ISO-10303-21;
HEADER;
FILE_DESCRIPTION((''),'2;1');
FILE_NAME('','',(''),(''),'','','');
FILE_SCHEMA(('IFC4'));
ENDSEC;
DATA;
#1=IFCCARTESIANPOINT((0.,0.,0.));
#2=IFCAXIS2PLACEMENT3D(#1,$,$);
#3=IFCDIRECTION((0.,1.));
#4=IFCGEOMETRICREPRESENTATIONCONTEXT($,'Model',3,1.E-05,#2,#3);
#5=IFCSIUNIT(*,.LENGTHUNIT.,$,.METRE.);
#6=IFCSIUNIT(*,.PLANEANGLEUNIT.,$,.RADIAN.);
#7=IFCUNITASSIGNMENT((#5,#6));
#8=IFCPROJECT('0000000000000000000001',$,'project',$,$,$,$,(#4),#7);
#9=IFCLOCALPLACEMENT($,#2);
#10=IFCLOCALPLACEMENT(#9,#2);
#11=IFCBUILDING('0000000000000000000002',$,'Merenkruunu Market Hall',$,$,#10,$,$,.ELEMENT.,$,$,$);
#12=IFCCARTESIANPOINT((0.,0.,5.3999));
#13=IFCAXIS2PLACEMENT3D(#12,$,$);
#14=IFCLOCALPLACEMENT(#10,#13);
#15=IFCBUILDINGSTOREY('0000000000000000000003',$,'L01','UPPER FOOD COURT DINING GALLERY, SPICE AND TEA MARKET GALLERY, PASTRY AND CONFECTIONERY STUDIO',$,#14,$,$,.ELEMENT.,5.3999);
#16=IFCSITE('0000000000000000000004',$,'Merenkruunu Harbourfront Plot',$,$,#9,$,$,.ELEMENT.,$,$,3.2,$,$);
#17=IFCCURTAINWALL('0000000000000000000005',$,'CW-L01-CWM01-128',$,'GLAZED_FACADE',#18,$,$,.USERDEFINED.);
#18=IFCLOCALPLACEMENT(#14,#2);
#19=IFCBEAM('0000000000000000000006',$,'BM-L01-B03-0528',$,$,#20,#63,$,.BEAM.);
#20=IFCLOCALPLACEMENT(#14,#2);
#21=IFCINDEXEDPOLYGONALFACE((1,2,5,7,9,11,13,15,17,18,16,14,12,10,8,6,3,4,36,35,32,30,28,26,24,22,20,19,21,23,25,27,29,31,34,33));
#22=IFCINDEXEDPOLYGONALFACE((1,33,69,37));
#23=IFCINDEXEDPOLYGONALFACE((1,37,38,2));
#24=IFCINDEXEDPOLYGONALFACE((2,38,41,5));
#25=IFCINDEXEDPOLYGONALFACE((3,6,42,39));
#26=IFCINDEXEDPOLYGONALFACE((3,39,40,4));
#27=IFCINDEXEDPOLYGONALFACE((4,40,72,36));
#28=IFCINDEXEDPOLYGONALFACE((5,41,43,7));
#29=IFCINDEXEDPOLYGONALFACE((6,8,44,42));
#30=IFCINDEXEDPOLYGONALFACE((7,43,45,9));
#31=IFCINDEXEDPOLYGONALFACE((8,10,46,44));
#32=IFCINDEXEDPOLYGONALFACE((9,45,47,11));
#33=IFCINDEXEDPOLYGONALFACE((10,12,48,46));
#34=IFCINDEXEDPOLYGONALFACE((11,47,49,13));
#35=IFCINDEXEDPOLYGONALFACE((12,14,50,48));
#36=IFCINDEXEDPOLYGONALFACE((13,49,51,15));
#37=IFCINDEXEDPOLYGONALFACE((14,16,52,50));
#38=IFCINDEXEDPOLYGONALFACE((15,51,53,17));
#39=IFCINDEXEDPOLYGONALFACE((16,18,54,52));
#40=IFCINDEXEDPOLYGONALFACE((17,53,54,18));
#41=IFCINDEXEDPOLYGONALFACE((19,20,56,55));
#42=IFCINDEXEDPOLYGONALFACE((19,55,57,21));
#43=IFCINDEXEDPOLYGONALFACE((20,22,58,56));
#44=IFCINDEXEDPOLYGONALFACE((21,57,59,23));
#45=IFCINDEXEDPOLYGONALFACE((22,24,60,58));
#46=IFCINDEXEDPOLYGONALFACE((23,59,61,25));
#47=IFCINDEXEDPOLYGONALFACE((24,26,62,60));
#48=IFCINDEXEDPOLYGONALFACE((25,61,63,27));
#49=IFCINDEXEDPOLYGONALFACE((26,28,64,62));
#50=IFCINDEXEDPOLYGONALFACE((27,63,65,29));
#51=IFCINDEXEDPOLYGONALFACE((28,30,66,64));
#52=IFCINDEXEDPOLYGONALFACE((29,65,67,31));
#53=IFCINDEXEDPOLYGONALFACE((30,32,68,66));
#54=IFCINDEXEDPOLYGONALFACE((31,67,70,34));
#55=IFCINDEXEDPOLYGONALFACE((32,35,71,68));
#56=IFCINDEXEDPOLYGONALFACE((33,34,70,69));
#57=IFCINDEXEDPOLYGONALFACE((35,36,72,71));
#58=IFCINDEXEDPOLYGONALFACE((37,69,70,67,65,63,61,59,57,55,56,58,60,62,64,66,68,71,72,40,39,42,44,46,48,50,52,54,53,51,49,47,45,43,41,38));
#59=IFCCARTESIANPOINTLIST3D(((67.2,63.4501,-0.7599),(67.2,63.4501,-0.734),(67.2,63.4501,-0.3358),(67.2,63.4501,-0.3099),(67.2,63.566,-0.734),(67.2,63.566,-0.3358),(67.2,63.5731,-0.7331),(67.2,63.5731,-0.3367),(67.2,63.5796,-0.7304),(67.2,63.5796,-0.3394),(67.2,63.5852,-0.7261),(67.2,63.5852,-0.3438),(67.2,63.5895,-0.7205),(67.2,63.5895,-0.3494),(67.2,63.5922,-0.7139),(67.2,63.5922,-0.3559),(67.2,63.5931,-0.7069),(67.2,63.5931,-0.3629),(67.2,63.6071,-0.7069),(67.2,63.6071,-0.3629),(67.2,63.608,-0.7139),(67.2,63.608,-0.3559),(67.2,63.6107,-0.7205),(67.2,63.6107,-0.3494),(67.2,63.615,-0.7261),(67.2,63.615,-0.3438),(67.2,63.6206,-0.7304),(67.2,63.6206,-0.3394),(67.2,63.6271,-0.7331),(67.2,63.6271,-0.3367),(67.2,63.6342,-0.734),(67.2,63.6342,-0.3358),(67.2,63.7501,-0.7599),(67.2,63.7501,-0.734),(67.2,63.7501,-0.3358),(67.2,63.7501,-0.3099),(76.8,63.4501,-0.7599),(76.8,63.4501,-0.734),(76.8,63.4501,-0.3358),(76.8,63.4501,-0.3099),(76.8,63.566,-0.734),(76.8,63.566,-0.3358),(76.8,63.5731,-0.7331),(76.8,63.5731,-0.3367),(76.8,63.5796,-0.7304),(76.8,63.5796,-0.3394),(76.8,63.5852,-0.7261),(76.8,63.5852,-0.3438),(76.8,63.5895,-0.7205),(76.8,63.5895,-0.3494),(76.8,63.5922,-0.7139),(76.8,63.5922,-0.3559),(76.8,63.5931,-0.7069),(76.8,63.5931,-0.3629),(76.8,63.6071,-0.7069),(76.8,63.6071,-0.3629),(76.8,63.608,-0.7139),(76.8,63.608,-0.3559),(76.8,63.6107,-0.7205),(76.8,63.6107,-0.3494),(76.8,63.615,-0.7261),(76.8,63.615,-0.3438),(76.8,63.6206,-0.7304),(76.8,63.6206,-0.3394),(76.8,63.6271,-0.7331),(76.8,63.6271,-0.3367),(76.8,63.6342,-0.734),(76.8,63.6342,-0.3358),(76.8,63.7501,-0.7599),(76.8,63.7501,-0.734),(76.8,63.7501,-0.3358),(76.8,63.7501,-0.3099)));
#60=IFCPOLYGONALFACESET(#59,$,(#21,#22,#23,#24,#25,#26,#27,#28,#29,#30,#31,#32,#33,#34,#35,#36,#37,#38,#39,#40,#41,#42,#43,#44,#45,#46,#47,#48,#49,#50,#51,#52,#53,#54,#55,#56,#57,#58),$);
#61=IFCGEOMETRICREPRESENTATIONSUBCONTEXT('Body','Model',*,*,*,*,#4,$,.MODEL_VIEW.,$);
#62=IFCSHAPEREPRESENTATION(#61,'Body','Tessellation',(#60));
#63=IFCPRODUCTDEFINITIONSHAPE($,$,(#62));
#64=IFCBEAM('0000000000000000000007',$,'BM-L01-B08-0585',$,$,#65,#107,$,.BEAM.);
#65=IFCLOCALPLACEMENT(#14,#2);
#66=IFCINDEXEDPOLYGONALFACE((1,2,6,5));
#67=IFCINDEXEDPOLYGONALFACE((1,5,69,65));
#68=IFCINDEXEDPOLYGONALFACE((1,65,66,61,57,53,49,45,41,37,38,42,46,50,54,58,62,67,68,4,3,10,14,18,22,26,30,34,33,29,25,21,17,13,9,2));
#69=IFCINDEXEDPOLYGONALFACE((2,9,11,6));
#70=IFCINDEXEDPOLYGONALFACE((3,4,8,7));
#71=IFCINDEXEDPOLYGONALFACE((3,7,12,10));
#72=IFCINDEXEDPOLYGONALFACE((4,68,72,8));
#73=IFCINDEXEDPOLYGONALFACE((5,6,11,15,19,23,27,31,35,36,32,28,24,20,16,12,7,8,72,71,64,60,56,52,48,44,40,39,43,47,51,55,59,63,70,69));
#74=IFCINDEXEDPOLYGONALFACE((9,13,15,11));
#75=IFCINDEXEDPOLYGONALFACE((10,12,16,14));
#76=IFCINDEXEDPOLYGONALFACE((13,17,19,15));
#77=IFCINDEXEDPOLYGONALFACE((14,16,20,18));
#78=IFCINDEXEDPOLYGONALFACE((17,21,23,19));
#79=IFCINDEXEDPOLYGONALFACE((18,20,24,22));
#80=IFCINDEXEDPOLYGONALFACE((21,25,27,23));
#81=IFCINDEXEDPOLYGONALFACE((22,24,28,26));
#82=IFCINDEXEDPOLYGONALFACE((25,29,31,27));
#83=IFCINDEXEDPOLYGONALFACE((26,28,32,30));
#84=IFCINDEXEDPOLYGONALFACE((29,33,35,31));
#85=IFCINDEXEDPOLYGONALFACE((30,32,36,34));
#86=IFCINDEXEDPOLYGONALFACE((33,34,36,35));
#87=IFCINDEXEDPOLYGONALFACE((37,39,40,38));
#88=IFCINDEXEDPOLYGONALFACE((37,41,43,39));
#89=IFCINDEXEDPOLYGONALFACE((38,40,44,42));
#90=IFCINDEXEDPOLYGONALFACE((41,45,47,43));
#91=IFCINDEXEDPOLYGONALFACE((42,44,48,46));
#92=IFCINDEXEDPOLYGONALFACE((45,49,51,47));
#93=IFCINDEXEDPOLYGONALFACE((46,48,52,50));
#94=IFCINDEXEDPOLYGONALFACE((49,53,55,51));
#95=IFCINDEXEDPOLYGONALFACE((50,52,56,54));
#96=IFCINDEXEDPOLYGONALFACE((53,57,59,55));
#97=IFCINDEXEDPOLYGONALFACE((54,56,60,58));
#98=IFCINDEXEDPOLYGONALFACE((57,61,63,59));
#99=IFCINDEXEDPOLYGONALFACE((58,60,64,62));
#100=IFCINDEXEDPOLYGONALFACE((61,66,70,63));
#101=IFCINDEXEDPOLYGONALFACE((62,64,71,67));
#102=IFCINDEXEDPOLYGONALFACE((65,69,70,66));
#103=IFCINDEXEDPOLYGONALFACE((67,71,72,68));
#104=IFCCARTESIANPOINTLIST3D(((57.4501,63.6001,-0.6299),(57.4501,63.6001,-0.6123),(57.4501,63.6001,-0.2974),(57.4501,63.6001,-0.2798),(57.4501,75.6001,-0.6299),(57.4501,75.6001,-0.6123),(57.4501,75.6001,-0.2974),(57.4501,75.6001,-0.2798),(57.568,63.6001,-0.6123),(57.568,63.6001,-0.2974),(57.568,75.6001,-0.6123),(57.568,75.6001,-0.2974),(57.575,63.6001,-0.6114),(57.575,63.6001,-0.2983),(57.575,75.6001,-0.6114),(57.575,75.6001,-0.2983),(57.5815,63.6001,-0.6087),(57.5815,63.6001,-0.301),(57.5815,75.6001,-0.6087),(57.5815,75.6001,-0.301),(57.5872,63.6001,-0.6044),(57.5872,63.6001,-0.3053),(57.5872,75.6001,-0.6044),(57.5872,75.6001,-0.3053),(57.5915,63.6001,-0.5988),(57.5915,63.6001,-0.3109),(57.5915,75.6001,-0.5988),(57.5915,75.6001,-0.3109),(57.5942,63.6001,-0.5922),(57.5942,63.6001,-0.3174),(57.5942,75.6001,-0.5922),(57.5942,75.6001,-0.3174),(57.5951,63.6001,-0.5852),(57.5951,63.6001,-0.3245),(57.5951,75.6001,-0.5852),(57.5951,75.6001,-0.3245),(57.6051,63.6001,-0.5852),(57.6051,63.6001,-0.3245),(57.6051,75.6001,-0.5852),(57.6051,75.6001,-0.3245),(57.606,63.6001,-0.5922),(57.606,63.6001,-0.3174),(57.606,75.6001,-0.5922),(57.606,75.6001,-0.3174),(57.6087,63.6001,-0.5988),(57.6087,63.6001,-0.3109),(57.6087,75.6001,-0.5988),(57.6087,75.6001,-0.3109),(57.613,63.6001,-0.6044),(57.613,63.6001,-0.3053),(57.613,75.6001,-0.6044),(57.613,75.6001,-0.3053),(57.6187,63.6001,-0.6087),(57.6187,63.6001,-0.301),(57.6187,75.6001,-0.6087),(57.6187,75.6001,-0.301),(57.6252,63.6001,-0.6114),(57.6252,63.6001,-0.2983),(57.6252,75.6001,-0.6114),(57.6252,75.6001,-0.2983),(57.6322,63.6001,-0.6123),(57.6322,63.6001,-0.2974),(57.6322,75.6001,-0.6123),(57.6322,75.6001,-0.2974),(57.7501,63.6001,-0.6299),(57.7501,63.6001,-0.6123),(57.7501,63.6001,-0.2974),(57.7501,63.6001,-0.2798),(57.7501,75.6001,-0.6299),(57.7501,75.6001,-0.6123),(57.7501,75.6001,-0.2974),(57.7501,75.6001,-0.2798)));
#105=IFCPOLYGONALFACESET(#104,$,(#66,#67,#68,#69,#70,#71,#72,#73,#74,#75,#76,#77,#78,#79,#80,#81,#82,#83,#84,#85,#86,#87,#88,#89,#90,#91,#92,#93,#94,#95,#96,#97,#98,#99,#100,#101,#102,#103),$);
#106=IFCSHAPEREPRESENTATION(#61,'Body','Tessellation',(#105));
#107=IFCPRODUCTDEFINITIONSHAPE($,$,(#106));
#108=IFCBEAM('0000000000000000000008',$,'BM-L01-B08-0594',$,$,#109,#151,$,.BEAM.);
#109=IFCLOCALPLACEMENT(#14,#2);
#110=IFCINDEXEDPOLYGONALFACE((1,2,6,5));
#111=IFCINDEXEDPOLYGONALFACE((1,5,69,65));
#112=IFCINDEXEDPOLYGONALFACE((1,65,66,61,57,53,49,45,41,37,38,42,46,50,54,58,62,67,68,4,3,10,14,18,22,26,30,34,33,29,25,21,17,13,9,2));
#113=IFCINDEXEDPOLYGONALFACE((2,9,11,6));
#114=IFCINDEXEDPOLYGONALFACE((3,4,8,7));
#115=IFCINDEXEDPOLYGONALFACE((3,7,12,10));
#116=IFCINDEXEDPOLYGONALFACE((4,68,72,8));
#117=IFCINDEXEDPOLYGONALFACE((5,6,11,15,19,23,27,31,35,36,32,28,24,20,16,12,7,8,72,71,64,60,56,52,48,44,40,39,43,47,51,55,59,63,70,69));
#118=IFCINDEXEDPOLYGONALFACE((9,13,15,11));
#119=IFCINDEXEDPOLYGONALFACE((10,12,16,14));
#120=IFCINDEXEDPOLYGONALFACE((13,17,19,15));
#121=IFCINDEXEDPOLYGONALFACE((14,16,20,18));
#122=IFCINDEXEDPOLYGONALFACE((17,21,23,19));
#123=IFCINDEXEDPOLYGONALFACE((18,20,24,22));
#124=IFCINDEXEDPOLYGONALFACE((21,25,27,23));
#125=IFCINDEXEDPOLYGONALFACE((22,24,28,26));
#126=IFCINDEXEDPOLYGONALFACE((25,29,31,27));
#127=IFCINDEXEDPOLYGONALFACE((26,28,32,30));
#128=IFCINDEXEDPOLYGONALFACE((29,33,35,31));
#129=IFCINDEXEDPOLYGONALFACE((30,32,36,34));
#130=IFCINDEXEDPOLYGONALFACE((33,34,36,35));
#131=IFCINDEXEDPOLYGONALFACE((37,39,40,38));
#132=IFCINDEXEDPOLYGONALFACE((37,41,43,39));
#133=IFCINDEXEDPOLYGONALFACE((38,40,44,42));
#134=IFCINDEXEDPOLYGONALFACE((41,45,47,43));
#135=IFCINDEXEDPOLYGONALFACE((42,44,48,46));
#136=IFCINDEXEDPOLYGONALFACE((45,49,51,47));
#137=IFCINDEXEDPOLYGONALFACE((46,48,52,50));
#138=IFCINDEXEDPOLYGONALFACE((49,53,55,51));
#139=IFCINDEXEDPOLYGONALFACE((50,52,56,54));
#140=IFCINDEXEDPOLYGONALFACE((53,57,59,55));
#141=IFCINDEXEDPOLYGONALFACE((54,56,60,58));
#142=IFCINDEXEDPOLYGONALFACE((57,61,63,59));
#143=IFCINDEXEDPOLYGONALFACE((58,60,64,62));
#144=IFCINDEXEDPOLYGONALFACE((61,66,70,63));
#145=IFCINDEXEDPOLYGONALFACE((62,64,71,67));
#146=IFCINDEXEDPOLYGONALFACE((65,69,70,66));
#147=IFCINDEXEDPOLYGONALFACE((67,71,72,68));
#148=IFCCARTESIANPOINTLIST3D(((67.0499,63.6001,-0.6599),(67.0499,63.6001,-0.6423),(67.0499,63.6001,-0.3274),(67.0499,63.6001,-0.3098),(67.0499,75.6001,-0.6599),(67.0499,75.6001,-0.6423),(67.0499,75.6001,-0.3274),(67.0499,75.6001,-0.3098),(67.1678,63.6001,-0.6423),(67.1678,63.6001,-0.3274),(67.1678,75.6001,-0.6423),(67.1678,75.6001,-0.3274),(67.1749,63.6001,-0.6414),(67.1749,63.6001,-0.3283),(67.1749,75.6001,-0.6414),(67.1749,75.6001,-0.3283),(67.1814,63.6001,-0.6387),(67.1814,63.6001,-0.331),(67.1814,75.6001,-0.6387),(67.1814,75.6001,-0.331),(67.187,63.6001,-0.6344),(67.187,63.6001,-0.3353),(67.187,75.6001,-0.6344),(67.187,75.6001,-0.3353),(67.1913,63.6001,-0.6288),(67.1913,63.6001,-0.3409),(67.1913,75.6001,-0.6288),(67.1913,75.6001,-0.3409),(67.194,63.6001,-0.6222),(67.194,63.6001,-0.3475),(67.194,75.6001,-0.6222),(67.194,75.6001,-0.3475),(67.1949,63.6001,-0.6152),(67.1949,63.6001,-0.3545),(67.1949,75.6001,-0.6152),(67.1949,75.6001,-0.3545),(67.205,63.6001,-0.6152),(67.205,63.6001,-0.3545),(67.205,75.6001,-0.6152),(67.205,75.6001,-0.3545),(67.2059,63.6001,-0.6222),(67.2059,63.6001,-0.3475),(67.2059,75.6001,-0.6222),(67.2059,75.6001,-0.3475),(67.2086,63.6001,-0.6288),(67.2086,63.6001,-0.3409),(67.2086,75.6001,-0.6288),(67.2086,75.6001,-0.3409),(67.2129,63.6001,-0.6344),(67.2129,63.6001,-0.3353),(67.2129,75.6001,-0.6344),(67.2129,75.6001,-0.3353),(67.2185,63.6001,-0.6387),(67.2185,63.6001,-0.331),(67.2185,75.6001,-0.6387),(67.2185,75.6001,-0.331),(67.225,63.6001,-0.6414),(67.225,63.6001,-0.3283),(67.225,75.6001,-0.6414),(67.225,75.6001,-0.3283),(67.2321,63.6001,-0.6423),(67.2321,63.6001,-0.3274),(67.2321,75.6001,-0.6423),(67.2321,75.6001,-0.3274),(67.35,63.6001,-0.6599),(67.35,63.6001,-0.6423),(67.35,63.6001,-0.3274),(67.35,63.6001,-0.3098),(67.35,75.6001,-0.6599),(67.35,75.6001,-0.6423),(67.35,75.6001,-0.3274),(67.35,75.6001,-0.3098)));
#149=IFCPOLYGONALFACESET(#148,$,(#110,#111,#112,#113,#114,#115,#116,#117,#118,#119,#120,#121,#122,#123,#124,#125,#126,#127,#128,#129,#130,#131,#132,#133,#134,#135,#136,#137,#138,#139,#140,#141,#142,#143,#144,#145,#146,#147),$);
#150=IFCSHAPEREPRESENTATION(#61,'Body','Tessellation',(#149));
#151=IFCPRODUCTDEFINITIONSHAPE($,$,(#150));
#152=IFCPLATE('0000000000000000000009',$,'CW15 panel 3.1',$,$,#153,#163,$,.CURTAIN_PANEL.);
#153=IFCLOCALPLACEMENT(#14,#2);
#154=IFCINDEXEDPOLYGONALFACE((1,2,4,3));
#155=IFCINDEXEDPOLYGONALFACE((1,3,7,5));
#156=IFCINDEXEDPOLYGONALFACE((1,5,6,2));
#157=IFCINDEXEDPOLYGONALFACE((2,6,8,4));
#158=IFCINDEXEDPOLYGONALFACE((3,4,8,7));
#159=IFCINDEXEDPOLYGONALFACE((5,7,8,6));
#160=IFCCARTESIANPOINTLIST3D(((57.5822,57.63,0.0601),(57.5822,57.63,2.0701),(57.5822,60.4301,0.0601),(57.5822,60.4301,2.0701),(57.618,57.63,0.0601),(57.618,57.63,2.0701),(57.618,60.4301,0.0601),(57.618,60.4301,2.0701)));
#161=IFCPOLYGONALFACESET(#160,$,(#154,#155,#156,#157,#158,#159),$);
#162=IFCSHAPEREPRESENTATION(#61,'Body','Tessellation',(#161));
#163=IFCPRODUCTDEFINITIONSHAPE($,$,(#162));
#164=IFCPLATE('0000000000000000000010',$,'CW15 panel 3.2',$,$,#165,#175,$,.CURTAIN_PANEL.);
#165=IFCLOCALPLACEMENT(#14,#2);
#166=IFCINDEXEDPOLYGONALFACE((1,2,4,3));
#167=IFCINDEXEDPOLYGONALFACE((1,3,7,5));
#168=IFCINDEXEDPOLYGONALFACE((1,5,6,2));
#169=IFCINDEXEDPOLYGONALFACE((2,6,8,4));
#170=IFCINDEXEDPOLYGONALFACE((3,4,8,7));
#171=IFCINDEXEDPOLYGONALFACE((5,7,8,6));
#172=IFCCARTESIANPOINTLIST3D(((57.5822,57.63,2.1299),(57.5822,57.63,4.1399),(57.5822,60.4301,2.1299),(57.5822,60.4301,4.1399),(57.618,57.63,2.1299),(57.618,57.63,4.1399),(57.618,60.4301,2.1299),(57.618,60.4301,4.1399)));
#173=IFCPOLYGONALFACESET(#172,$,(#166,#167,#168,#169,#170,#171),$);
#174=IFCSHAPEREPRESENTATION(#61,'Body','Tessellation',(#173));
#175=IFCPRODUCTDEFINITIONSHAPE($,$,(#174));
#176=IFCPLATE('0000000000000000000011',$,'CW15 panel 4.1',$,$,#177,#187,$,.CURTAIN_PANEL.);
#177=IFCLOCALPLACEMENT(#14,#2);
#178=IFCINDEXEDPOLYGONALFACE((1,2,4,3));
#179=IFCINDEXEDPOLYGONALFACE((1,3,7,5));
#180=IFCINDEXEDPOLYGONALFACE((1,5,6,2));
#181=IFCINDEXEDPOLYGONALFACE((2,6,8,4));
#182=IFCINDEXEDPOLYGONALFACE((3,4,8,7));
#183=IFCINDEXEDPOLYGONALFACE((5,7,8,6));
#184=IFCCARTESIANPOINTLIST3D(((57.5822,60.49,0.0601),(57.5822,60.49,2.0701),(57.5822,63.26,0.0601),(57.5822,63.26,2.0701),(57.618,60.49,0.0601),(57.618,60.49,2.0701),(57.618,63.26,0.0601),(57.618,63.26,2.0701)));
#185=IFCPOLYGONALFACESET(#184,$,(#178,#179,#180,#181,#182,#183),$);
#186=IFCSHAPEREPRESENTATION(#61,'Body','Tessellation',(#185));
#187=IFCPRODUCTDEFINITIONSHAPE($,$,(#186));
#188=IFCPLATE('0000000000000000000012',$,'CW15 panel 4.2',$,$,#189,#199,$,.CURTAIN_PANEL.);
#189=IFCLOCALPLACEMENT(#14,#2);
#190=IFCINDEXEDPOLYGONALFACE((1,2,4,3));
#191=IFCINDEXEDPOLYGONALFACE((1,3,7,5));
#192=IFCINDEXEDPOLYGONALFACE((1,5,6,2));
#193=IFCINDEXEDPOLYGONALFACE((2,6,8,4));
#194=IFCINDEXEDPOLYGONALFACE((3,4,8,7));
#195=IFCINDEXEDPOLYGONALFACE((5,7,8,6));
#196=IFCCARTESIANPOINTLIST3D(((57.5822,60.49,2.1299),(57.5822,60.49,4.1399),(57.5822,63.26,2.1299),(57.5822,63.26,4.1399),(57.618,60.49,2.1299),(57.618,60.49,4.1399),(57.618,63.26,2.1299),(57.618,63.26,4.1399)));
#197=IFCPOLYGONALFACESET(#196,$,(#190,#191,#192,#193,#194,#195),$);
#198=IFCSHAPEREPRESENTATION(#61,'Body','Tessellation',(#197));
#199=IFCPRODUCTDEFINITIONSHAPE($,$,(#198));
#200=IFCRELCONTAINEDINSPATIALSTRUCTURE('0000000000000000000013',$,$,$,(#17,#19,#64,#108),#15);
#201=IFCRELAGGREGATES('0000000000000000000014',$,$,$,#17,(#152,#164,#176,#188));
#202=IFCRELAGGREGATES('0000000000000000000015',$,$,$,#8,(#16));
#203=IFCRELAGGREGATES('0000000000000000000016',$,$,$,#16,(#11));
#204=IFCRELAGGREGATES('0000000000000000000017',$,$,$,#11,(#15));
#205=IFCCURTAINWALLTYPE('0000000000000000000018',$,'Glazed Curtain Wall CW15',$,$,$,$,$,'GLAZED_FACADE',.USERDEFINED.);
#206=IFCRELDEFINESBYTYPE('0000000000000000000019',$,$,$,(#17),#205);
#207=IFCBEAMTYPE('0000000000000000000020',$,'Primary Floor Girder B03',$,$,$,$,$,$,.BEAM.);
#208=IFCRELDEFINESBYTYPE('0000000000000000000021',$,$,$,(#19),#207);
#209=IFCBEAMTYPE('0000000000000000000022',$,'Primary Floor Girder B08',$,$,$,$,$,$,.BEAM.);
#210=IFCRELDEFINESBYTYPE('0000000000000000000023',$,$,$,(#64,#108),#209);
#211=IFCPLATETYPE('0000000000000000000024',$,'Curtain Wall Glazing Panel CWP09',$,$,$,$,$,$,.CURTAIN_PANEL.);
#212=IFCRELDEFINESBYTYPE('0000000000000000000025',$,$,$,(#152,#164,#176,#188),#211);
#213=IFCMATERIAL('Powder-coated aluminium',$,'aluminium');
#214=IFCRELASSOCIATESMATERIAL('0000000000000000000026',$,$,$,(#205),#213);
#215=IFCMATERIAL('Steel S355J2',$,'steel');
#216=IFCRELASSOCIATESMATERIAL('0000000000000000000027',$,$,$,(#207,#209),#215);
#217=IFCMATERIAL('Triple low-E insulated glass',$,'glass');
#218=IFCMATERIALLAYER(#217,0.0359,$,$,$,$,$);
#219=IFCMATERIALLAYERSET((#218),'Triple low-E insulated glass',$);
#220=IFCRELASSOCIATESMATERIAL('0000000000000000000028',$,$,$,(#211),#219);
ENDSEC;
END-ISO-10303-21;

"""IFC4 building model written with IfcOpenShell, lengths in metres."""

from ifc_helpers import new_model, si_unit, direction, frame, origin, origin_2d, place, context, subcontext, project, spatial, rectangle, i_section, extrude, material, layer, layer_set, material_profile, profile_set, type_object, element, aggregate, save


model = new_model("IFC4")

# Units and contexts
model_context = context("Model", 3, precision=1e-05, world=origin(), true_north=direction((0.0, 1.0)))
body_context = subcontext(model_context, "Body", "Model", "MODEL_VIEW")
ifc_project = project(units=[si_unit("LENGTHUNIT", "METRE"), si_unit("PLANEANGLEUNIT", "RADIAN")], contexts=[model_context])

# Site, building, storey
site_placement = place(None, origin())
site = spatial("IfcSite", under=ifc_project, at=site_placement, Name="Merenkruunu Harbourfront Plot", CompositionType="ELEMENT", RefElevation=3.2)
building_placement = place(site_placement, origin())
building = spatial("IfcBuilding", under=site, at=building_placement, Name="Merenkruunu Market Hall", CompositionType="ELEMENT")
storey_placement = place(building_placement, frame((0.0, 0.0, 5.3999)))
storey = spatial("IfcBuildingStorey", under=building, at=storey_placement, Name="L01", Description="UPPER FOOD COURT DINING GALLERY, SPICE AND TEA MARKET GALLERY, PASTRY AND CONFECTIONERY STUDIO", CompositionType="ELEMENT", Elevation=5.3999)

# Curtain wall
ifc_material_1 = material(Name="Powder-coated aluminium", Category="aluminium")
curtain_wall_type_1 = type_object("IfcCurtainWallType", Name="Glazed Curtain Wall CW15", ElementType="GLAZED_FACADE", PredefinedType="USERDEFINED", material=ifc_material_1)
curtain_wall_1_placement = place(storey_placement, origin())
curtain_wall_1 = element("IfcCurtainWall", 1, at=curtain_wall_1_placement, inside=storey, type_object=curtain_wall_type_1, Name="CW-L01-CWM01-128", ObjectType="GLAZED_FACADE", PredefinedType="USERDEFINED")

# Beams
ifc_material_2 = material(Name="Steel S355J2", Category="steel")
ifc_material_profile_1 = material_profile(ifc_material_2, i_section(OverallWidth=0.3, OverallDepth=0.45, WebThickness=0.0139, FlangeThickness=0.0259, FilletRadius=0.0271, at=origin_2d()), Name="HEB 450")
ifc_profile_set_1 = profile_set([ifc_material_profile_1], Name="Steel S355J2")
beam_type_1 = type_object("IfcBeamType", Name="Primary Floor Girder B03", PredefinedType="BEAM", material=ifc_profile_set_1)
beam_placement = place(storey_placement, frame((67.2, 63.6001, -0.5349), z_axis=(1.0, 0.0, 0.0), x_axis=(0.0, 1.0, 0.0)))
element("IfcBeam", 2, at=beam_placement, inside=storey, type_object=beam_type_1, Name="BM-L01-B03-0528", PredefinedType="BEAM", context=body_context, shape_type="SweptSolid", body=[
    extrude(i_section(OverallWidth=0.3, OverallDepth=0.45, WebThickness=0.0139, FlangeThickness=0.0259, FilletRadius=0.0271, at=origin_2d()), origin(), (0.0, 0.0, 1.0), 9.6001),
])
ifc_material_profile_2 = material_profile(ifc_material_2, i_section(OverallWidth=0.3, OverallDepth=0.3501, WebThickness=0.01, FlangeThickness=0.0176, FilletRadius=0.0271, at=origin_2d()), Name="HEA 360")
ifc_profile_set_2 = profile_set([ifc_material_profile_2], Name="Steel S355J2")
beam_type_2 = type_object("IfcBeamType", Name="Primary Floor Girder B08", PredefinedType="BEAM", material=ifc_profile_set_2)
for number, where, z_axis, x_axis, name in (
    (3, (57.6001, 63.6001, -0.4548), (0.0, 1.0, 0.0), (-1.0, 0.0, 0.0), "BM-L01-B08-0585"),
    (4, (67.2, 63.6001, -0.4849), (0.0, 1.0, 0.0), (-1.0, 0.0, 0.0), "BM-L01-B08-0594"),
):
    element("IfcBeam", number, at=place(storey_placement, frame(where, z_axis=z_axis, x_axis=x_axis)), inside=storey, type_object=beam_type_2, Name=name, PredefinedType="BEAM", context=body_context, shape_type="SweptSolid", body=[
        extrude(i_section(OverallWidth=0.3, OverallDepth=0.3501, WebThickness=0.01, FlangeThickness=0.0176, FilletRadius=0.0271, at=origin_2d()), origin(), (0.0, 0.0, 1.0), 12.0),
    ])

# Plates
ifc_material_3 = material(Name="Triple low-E insulated glass", Category="glass")
ifc_layer_1 = layer(ifc_material_3, 0.0359)
ifc_layer_set_1 = layer_set([ifc_layer_1], Name="Triple low-E insulated glass")
plate_type_1 = type_object("IfcPlateType", Name="Curtain Wall Glazing Panel CWP09", PredefinedType="CURTAIN_PANEL", material=ifc_layer_set_1)
plate_1_placement = place(storey_placement, frame((57.6001, 59.03, 0.0601), z_axis=(0.0, 0.0, 1.0), x_axis=(0.0, 1.0, 0.0)))
plate_1 = element("IfcPlate", 5, at=plate_1_placement, type_object=plate_type_1, Name="CW15 panel 3.1", PredefinedType="CURTAIN_PANEL", context=body_context, shape_type="SweptSolid", body=[
    extrude(rectangle(XDim=2.8, YDim=0.0359, at=origin_2d()), origin(), (0.0, 0.0, 1.0), 2.01),
])
plate_2_placement = place(storey_placement, frame((57.6001, 59.03, 2.1299), z_axis=(0.0, 0.0, 1.0), x_axis=(0.0, 1.0, 0.0)))
plate_2 = element("IfcPlate", 6, at=plate_2_placement, type_object=plate_type_1, Name="CW15 panel 3.2", PredefinedType="CURTAIN_PANEL", context=body_context, shape_type="SweptSolid", body=[
    extrude(rectangle(XDim=2.8, YDim=0.0359, at=origin_2d()), origin(), (0.0, 0.0, 1.0), 2.01),
])
plate_3_placement = place(storey_placement, frame((57.6001, 61.875, 0.0601), z_axis=(0.0, 0.0, 1.0), x_axis=(0.0, 1.0, 0.0)))
plate_3 = element("IfcPlate", 7, at=plate_3_placement, type_object=plate_type_1, Name="CW15 panel 4.1", PredefinedType="CURTAIN_PANEL", context=body_context, shape_type="SweptSolid", body=[
    extrude(rectangle(XDim=2.77, YDim=0.0359, at=origin_2d()), origin(), (0.0, 0.0, 1.0), 2.01),
])
plate_4_placement = place(storey_placement, frame((57.6001, 61.875, 2.1299), z_axis=(0.0, 0.0, 1.0), x_axis=(0.0, 1.0, 0.0)))
plate_4 = element("IfcPlate", 8, at=plate_4_placement, type_object=plate_type_1, Name="CW15 panel 4.2", PredefinedType="CURTAIN_PANEL", context=body_context, shape_type="SweptSolid", body=[
    extrude(rectangle(XDim=2.77, YDim=0.0359, at=origin_2d()), origin(), (0.0, 0.0, 1.0), 2.01),
])
aggregate(curtain_wall_1, [plate_1, plate_2, plate_3, plate_4])

save(model, "model.ifc")
